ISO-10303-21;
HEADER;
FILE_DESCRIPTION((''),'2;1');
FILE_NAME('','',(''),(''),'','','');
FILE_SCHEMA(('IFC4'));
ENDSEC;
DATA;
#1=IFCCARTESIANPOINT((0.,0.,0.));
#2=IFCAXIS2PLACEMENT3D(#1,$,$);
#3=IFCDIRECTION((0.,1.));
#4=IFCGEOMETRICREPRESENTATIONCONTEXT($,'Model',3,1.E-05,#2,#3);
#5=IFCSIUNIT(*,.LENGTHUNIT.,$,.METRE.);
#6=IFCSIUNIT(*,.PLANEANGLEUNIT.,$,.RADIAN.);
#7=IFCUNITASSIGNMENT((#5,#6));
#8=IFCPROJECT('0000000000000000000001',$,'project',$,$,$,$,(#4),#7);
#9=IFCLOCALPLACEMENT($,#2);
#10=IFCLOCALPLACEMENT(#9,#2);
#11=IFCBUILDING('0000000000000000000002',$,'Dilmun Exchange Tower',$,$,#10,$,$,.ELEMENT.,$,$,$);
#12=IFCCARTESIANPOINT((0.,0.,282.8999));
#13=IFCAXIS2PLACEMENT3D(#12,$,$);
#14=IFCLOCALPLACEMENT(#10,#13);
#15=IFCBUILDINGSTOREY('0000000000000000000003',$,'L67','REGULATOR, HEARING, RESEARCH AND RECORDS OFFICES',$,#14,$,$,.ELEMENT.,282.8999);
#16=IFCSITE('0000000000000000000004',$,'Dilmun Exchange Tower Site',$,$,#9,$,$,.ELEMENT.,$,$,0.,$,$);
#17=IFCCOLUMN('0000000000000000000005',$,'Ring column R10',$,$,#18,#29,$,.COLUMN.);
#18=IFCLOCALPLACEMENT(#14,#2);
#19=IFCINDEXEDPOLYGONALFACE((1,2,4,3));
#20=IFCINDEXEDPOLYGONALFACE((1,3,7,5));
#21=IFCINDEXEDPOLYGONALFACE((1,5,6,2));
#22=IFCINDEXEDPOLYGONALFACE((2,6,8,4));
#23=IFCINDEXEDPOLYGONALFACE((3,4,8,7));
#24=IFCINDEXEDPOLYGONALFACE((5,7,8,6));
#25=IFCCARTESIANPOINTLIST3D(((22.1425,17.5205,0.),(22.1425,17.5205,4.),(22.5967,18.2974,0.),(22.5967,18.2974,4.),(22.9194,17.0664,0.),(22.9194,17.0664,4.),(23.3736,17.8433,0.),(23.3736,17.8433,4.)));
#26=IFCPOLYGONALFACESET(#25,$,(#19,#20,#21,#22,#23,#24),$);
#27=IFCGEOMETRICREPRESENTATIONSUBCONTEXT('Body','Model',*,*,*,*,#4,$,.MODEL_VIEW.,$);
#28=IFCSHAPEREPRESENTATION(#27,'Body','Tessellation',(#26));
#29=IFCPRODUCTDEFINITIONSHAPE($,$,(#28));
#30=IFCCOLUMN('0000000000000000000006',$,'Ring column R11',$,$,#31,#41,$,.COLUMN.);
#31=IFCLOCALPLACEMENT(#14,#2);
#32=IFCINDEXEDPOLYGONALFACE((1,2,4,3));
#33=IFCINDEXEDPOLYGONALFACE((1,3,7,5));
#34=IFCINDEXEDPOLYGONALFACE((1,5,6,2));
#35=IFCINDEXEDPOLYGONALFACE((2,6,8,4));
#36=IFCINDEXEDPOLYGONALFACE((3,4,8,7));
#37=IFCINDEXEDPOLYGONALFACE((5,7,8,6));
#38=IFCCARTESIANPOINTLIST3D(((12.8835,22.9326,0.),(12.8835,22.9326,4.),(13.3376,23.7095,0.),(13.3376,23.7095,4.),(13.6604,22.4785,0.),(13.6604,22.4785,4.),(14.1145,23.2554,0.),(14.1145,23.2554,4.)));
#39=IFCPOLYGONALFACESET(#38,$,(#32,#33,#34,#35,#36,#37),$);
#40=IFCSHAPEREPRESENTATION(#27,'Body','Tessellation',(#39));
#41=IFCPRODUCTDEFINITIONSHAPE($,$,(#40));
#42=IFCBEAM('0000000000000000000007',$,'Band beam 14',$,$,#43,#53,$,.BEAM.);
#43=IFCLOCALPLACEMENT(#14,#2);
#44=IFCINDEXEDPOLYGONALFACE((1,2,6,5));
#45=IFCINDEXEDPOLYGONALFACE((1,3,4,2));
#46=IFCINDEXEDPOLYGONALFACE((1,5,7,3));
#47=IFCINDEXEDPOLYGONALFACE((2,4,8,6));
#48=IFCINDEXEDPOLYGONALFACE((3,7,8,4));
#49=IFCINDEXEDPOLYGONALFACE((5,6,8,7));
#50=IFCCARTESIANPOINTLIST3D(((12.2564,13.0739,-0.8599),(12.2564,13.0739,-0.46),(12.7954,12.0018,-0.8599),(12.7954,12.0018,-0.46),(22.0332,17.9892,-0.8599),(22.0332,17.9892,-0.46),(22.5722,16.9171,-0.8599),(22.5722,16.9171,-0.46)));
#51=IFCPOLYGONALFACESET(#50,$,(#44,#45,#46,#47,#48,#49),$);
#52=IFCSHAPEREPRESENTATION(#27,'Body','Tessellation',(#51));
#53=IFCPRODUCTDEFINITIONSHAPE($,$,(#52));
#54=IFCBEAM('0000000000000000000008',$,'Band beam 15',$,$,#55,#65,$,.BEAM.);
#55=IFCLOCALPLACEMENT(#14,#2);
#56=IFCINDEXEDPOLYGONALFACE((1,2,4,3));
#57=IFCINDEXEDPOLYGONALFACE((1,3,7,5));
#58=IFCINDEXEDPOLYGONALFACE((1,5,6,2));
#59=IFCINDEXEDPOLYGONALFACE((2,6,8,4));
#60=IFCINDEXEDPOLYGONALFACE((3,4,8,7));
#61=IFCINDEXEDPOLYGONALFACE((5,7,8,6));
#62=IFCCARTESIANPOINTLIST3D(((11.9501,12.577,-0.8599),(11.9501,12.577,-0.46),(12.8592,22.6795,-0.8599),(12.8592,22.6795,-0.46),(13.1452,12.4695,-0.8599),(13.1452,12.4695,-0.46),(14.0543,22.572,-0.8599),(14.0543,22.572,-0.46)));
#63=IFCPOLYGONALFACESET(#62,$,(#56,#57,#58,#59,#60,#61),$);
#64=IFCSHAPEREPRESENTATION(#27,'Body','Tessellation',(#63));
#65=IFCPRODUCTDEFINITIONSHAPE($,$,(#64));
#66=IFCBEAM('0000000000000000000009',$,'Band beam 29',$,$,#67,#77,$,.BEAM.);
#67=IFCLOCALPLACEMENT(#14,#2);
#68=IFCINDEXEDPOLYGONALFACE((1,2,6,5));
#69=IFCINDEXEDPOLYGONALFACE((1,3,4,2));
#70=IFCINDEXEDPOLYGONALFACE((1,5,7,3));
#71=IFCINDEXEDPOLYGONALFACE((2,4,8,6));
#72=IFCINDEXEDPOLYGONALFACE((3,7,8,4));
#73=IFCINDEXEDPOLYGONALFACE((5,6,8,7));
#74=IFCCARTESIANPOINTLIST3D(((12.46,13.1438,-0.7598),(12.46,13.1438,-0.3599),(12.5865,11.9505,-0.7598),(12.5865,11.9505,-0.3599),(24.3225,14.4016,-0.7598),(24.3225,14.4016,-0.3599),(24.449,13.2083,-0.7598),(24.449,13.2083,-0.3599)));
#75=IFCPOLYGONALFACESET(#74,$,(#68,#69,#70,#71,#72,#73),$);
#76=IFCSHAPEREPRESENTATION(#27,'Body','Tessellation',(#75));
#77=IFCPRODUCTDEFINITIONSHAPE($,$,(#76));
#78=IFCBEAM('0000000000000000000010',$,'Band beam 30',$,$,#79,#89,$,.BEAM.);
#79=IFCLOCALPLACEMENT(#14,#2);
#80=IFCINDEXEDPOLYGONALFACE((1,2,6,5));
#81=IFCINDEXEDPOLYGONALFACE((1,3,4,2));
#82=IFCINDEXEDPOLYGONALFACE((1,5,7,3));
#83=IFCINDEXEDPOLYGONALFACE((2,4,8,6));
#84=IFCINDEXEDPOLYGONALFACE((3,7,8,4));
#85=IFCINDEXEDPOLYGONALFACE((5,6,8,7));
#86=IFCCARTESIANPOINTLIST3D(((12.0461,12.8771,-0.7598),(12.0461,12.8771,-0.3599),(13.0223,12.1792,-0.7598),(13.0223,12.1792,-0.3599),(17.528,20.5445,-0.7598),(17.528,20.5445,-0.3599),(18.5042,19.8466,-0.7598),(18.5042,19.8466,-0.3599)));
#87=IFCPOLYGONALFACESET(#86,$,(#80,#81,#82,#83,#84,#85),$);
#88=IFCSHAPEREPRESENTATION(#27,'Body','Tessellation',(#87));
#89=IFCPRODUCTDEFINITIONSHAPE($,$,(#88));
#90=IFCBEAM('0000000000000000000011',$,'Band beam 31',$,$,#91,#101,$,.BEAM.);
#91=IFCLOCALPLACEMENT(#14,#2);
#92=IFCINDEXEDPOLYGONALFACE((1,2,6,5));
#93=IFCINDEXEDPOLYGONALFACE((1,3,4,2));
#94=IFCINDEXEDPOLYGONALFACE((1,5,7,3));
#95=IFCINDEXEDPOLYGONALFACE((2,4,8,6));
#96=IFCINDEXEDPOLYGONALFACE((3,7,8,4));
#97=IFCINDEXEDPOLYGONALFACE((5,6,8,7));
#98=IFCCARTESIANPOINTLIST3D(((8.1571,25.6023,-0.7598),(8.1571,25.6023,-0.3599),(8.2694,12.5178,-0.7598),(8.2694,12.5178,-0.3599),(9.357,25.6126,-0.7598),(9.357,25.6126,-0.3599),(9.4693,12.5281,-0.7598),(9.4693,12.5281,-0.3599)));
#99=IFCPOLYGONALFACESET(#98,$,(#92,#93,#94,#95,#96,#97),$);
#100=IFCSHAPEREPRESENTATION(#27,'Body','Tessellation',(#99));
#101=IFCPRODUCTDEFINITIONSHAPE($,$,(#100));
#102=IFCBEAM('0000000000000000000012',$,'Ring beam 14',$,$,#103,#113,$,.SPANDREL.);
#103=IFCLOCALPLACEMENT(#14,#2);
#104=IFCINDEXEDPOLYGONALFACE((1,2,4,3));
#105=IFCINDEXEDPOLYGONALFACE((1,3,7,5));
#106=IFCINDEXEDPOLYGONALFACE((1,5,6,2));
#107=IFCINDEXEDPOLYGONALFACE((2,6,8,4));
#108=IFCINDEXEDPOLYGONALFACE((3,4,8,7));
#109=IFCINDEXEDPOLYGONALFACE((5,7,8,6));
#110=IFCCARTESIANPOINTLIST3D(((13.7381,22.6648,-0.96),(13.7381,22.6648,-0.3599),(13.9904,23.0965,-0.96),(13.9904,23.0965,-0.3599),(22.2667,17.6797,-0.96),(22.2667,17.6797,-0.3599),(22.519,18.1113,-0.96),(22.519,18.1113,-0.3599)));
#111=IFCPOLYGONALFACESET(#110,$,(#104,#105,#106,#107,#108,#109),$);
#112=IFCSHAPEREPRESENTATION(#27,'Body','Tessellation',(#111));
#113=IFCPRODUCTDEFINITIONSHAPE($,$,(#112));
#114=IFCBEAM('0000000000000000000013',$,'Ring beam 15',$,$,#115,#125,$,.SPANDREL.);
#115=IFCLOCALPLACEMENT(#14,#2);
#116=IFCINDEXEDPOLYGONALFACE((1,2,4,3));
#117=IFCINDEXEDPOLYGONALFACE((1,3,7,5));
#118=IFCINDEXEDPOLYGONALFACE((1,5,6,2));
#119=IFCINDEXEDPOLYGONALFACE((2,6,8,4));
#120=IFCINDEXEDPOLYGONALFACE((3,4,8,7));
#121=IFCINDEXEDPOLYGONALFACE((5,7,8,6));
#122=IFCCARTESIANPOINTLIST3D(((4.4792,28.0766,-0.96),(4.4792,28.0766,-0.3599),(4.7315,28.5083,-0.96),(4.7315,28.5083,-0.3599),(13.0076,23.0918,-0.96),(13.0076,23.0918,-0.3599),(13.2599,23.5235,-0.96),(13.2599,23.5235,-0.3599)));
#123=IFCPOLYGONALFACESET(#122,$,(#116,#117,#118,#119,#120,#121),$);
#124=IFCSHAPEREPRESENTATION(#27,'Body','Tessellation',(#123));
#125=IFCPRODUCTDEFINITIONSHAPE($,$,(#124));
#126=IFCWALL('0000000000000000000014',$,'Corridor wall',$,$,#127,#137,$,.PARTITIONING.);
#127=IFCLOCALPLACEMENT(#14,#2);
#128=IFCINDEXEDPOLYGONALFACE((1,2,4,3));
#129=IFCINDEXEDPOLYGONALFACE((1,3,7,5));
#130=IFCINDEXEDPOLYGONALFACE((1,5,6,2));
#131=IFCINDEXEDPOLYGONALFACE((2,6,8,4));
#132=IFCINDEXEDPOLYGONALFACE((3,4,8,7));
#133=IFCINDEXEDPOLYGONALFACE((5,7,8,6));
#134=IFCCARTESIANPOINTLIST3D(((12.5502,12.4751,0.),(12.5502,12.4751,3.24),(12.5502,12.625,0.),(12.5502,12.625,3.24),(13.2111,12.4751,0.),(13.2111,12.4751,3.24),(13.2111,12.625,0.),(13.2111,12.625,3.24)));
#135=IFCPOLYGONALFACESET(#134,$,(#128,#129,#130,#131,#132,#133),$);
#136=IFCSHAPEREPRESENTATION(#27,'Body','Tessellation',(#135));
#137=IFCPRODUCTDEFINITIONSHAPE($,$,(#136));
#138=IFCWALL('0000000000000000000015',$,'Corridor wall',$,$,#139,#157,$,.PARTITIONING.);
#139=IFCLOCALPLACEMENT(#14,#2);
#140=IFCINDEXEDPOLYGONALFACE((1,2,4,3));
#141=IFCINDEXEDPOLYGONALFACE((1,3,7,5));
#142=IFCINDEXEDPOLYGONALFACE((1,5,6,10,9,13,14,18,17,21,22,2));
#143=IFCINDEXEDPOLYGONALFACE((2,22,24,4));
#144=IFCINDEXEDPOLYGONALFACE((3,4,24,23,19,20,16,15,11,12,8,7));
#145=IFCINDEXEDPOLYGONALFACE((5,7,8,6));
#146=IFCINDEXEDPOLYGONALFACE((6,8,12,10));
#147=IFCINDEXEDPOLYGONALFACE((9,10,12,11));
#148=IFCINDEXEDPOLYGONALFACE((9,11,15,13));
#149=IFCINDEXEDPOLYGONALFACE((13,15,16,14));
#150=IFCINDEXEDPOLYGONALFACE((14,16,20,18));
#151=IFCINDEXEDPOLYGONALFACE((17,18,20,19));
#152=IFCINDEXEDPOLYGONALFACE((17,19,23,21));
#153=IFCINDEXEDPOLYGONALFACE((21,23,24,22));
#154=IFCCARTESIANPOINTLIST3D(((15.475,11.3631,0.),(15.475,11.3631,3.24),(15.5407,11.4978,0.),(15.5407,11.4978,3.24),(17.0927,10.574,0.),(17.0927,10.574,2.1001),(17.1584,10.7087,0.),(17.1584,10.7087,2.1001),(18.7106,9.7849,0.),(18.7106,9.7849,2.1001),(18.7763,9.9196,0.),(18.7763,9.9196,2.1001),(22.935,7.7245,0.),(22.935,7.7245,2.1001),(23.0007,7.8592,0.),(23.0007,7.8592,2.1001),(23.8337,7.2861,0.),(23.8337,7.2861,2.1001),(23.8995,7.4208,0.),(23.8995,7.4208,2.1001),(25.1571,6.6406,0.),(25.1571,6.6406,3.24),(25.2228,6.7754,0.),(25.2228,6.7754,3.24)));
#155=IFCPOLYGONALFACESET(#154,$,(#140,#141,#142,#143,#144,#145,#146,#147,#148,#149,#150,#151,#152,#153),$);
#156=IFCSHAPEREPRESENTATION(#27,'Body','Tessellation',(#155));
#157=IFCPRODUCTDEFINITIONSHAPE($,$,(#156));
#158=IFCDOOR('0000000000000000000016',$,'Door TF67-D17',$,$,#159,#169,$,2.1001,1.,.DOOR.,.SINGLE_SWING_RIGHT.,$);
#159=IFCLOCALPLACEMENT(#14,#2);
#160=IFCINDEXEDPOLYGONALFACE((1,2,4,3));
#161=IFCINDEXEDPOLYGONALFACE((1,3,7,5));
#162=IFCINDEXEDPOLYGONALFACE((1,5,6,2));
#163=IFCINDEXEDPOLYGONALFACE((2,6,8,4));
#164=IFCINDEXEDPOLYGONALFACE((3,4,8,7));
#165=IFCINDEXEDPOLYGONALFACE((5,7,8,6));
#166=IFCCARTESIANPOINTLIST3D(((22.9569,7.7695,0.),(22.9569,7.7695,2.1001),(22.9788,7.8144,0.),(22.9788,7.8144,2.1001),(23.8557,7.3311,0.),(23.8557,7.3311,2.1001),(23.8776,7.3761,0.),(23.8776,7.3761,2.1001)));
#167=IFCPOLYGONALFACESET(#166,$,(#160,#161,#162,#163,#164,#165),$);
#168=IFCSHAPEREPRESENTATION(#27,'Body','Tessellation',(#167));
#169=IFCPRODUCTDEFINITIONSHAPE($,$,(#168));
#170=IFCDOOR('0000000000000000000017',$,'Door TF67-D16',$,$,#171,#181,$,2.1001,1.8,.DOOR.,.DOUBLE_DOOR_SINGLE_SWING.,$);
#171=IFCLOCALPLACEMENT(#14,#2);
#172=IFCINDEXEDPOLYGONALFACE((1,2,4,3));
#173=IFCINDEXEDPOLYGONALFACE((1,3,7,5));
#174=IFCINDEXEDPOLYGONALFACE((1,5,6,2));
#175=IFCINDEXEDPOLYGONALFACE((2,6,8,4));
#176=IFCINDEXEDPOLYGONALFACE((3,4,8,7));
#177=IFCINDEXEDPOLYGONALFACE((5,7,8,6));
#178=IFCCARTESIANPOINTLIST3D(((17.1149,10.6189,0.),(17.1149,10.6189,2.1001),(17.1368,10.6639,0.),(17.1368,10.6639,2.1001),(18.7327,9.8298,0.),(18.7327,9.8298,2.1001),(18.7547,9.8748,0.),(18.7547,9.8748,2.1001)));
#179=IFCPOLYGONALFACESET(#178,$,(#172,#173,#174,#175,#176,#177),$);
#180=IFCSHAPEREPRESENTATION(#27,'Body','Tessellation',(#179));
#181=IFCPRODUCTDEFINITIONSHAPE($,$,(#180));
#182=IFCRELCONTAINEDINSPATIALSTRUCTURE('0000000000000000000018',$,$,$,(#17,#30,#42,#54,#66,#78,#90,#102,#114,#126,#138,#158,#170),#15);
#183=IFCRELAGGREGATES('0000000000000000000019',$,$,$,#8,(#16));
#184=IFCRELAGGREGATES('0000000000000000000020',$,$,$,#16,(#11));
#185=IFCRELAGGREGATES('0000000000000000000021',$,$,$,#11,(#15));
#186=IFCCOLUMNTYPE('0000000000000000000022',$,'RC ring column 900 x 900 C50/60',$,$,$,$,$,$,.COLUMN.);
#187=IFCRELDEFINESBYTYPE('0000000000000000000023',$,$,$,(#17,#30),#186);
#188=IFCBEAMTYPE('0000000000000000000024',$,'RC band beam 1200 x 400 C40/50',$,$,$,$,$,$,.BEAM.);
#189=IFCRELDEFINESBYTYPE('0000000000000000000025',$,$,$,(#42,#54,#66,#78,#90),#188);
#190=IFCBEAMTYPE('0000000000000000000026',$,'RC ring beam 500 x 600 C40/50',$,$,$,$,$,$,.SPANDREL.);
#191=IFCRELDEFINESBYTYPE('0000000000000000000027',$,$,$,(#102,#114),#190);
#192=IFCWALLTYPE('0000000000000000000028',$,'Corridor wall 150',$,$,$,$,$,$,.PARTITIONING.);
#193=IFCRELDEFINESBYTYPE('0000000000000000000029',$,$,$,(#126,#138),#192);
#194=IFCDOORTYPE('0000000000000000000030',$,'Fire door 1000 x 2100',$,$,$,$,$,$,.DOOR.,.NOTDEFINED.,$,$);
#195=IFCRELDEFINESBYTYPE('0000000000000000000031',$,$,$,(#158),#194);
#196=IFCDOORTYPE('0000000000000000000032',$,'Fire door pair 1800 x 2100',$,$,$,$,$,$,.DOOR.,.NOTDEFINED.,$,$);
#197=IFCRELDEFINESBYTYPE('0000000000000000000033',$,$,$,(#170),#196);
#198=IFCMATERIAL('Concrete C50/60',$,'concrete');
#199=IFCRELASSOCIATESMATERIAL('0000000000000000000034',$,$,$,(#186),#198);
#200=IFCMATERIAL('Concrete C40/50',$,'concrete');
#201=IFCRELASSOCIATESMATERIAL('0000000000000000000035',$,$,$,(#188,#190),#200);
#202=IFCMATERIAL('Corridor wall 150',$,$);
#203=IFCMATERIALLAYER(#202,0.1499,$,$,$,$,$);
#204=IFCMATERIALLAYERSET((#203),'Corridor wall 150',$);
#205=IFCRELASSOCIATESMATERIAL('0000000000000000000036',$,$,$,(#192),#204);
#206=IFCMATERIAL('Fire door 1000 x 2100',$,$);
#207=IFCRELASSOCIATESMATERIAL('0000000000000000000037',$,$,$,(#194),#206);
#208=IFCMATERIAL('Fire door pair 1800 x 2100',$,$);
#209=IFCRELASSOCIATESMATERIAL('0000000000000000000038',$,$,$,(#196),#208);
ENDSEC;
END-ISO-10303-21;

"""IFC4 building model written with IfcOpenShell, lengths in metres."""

from ifc_helpers import new_model, si_unit, direction, frame, frame_2d, origin, origin_2d, place, context, subcontext, project, spatial, rectangle, extrude, material, layer, layer_set, material_profile, profile_set, type_object, element, fill, save


model = new_model("IFC4")

# Units and contexts
model_context = context("Model", 3, precision=1e-05, world=origin(), true_north=direction((0.0, 1.0)))
body_context = subcontext(model_context, "Body", "Model", "MODEL_VIEW")
ifc_project = project(units=[si_unit("LENGTHUNIT", "METRE"), si_unit("PLANEANGLEUNIT", "RADIAN")], contexts=[model_context])

# Site, building, storey
site_placement = place(None, origin())
site = spatial("IfcSite", under=ifc_project, at=site_placement, Name="Dilmun Exchange Tower Site", CompositionType="ELEMENT", RefElevation=0.0)
building_placement = place(site_placement, origin())
building = spatial("IfcBuilding", under=site, at=building_placement, Name="Dilmun Exchange Tower", CompositionType="ELEMENT")
storey_placement = place(building_placement, frame((0.0, 0.0, 282.8999)))
storey = spatial("IfcBuildingStorey", under=building, at=storey_placement, Name="L67", Description="REGULATOR, HEARING, RESEARCH AND RECORDS OFFICES", CompositionType="ELEMENT", Elevation=282.8999)

# Columns
ifc_material_1 = material(Name="Concrete C50/60", Category="concrete")
ifc_material_profile_1 = material_profile(ifc_material_1, rectangle(XDim=0.8999, YDim=0.8999, at=origin_2d()), Name="900 x 900")
ifc_profile_set_1 = profile_set([ifc_material_profile_1], Name="Concrete C50/60")
column_type = type_object("IfcColumnType", Name="RC ring column 900 x 900 C50/60", PredefinedType="COLUMN", material=ifc_profile_set_1)
for number, where, z_axis, x_axis, name in (
    (1, (22.7581, 17.6819, 0.0), (0.0, 0.0, 1.0), (0.504644, 0.863328, 0.0), "Ring column R10"),
    (2, (13.499, 23.094, 0.0), (0.0, 0.0, 1.0), (0.504644, 0.863328, 0.0), "Ring column R11"),
):
    element("IfcColumn", number, at=place(storey_placement, frame(where, z_axis=z_axis, x_axis=x_axis)), inside=storey, type_object=column_type, Name=name, PredefinedType="COLUMN", context=body_context, shape_type="SweptSolid", body=[
        extrude(rectangle(XDim=0.8999, YDim=0.8999, at=origin_2d()), origin(), (0.0, 0.0, 1.0), 4.0),
    ])

# Beams
ifc_material_2 = material(Name="Concrete C40/50", Category="concrete")
ifc_material_profile_2 = material_profile(ifc_material_2, rectangle(XDim=1.2, YDim=0.3999, at=origin_2d()), Name="1200 x 400")
ifc_profile_set_2 = profile_set([ifc_material_profile_2], Name="Concrete C40/50")
beam_type_1 = type_object("IfcBeamType", Name="RC band beam 1200 x 400 C40/50", PredefinedType="BEAM", material=ifc_profile_set_2)
beam_1_placement = place(storey_placement, frame((22.3027, 17.4531, -0.6599), z_axis=(-0.893443, -0.449176, 0.0), x_axis=(0.449176, -0.893443, 0.0)))
element("IfcBeam", 3, at=beam_1_placement, inside=storey, type_object=beam_type_1, Name="Band beam 14", PredefinedType="BEAM", context=body_context, shape_type="SweptSolid", body=[
    extrude(rectangle(XDim=1.2, YDim=0.3999, at=origin_2d()), origin(), (0.0, 0.0, 1.0), 10.9429),
])
beam_2_placement = place(storey_placement, frame((13.4568, 22.6257, -0.6599), z_axis=(-0.089633, -0.995975, 0.0), x_axis=(0.995975, -0.089633, 0.0)))
element("IfcBeam", 4, at=beam_2_placement, inside=storey, type_object=beam_type_1, Name="Band beam 15", PredefinedType="BEAM", context=body_context, shape_type="SweptSolid", body=[
    extrude(rectangle(XDim=1.2, YDim=0.3999, at=origin_2d()), origin(), (0.0, 0.0, 1.0), 10.1433),
])
beam_3_placement = place(storey_placement, frame((24.3857, 13.8049, -0.5598), z_axis=(-0.994426, -0.105441, 0.0), x_axis=(0.105441, -0.994426, 0.0)))
element("IfcBeam", 5, at=beam_3_placement, inside=storey, type_object=beam_type_1, Name="Band beam 29", PredefinedType="BEAM", context=body_context, shape_type="SweptSolid", body=[
    extrude(rectangle(XDim=1.2, YDim=0.3999, at=origin_2d()), origin(), (0.0, 0.0, 1.0), 11.929),
])
beam_4_placement = place(storey_placement, frame((18.0161, 20.1956, -0.5598), z_axis=(-0.581601, -0.813474, 0.0), x_axis=(0.813474, -0.581601, 0.0)))
element("IfcBeam", 6, at=beam_4_placement, inside=storey, type_object=beam_type_1, Name="Band beam 30", PredefinedType="BEAM", context=body_context, shape_type="SweptSolid", body=[
    extrude(rectangle(XDim=1.2, YDim=0.3999, at=origin_2d()), origin(), (0.0, 0.0, 1.0), 9.4255),
])
beam_5_placement = place(storey_placement, frame((8.7571, 25.6074, -0.5598), z_axis=(0.008583, -0.999963, 0.0), x_axis=(0.999963, 0.008583, 0.0)))
element("IfcBeam", 7, at=beam_5_placement, inside=storey, type_object=beam_type_1, Name="Band beam 31", PredefinedType="BEAM", context=body_context, shape_type="SweptSolid", body=[
    extrude(rectangle(XDim=1.2, YDim=0.3999, at=origin_2d()), origin(), (0.0, 0.0, 1.0), 13.085),
])
ifc_material_profile_3 = material_profile(ifc_material_2, rectangle(XDim=0.5, YDim=0.6001, at=origin_2d()), Name="500 x 600")
ifc_profile_set_3 = profile_set([ifc_material_profile_3], Name="Concrete C40/50")
beam_type_2 = type_object("IfcBeamType", Name="RC ring beam 500 x 600 C40/50", PredefinedType="SPANDREL", material=ifc_profile_set_3)
beam_6_placement = place(storey_placement, frame((22.3928, 17.8955, -0.6599), z_axis=(-0.863333, 0.504635, 0.0), x_axis=(-0.504635, -0.863333, 0.0)))
element("IfcBeam", 8, at=beam_6_placement, inside=storey, type_object=beam_type_2, Name="Ring beam 14", PredefinedType="SPANDREL", context=body_context, shape_type="SweptSolid", body=[
    extrude(rectangle(XDim=0.5, YDim=0.6001, at=origin_2d()), origin(), (0.0, 0.0, 1.0), 9.8787),
])
beam_7_placement = place(storey_placement, frame((13.1338, 23.3076, -0.6599), z_axis=(-0.863344, 0.504616, 0.0), x_axis=(-0.504616, -0.863344, 0.0)))
element("IfcBeam", 9, at=beam_7_placement, inside=storey, type_object=beam_type_2, Name="Ring beam 15", PredefinedType="SPANDREL", context=body_context, shape_type="SweptSolid", body=[
    extrude(rectangle(XDim=0.5, YDim=0.6001, at=origin_2d()), origin(), (0.0, 0.0, 1.0), 9.8784),
])

# Wall
ifc_material_3 = material(Name="Corridor wall 150")
ifc_layer_1 = layer(ifc_material_3, 0.1499)
ifc_layer_set_1 = layer_set([ifc_layer_1], Name="Corridor wall 150")
wall_type_1 = type_object("IfcWallType", Name="Corridor wall 150", PredefinedType="PARTITIONING", material=ifc_layer_set_1)
wall_1_placement = place(storey_placement, frame((12.55, 12.55, 0.0), z_axis=(0.0, 0.0, 1.0), x_axis=(1.0, 0.0, 0.0)))
element("IfcWall", 10, at=wall_1_placement, inside=storey, type_object=wall_type_1, Name="Corridor wall", PredefinedType="PARTITIONING", context=body_context, shape_type="SweptSolid", body=[
    extrude(rectangle(XDim=0.6609, YDim=0.1499, at=frame_2d((0.3306, 0.0))), origin(), (0.0, 0.0, 1.0), 3.24),
])

# Wall, openings, doors
wall_2_placement = place(storey_placement, frame((15.5078, 11.4304, 0.0), z_axis=(0.0, 0.0, 1.0), x_axis=(0.89879, -0.43838, 0.0)))
wall_2 = element("IfcWall", 11, at=wall_2_placement, inside=storey, type_object=wall_type_1, Name="Corridor wall", PredefinedType="PARTITIONING", context=body_context, shape_type="SweptSolid", body=[
    extrude(rectangle(XDim=10.7725, YDim=0.1499, at=frame_2d((5.3862, 0.0))), origin(), (0.0, 0.0, 1.0), 3.24),
])
opening_1_placement = place(wall_2_placement, frame((1.8, 0.0, 0.0)))
opening_1 = element("IfcOpeningElement", 12, at=opening_1_placement, cuts=wall_2, PredefinedType="OPENING", context=body_context, shape_type="SweptSolid", body=[
    extrude(rectangle(XDim=1.8, YDim=2.1001, at=frame_2d((0.8999, 1.05))), frame((0.0, 0.085, 0.0), z_axis=(0.0, -1.0, 0.0), x_axis=(1.0, 0.0, 0.0)), (0.0, 0.0, 1.0), 0.1699),
])
opening_2_placement = place(wall_2_placement, frame((8.3, 0.0, 0.0)))
opening_2 = element("IfcOpeningElement", 13, at=opening_2_placement, cuts=wall_2, PredefinedType="OPENING", context=body_context, shape_type="SweptSolid", body=[
    extrude(rectangle(XDim=1.0, YDim=2.1001, at=frame_2d((0.5, 1.05))), frame((0.0, 0.085, 0.0), z_axis=(0.0, -1.0, 0.0), x_axis=(1.0, 0.0, 0.0)), (0.0, 0.0, 1.0), 0.1699),
])
ifc_material_4 = material(Name="Fire door 1000 x 2100")
door_type_1 = type_object("IfcDoorType", Name="Fire door 1000 x 2100", OperationType="NOTDEFINED", PredefinedType="DOOR", material=ifc_material_4)
door_1_placement = place(opening_2_placement, frame((1.0, 0.0, 0.0), z_axis=(0.0, 0.0, 1.0), x_axis=(-1.0, 0.0, 0.0)))
door_1 = element("IfcDoor", 14, at=door_1_placement, inside=storey, type_object=door_type_1, Name="Door TF67-D17", OperationType="SINGLE_SWING_RIGHT", OverallHeight=2.1001, OverallWidth=1.0, PredefinedType="DOOR", context=body_context, shape_type="SweptSolid", body=[
    extrude(rectangle(XDim=1.0, YDim=2.1001, at=frame_2d((0.5, 1.05))), frame((0.0, 0.0249, 0.0), z_axis=(0.0, -1.0, 0.0), x_axis=(1.0, 0.0, 0.0)), (0.0, 0.0, 1.0), 0.05),
])
fill(opening_2, door_1)
ifc_material_5 = material(Name="Fire door pair 1800 x 2100")
door_type_2 = type_object("IfcDoorType", Name="Fire door pair 1800 x 2100", OperationType="NOTDEFINED", PredefinedType="DOOR", material=ifc_material_5)
door_2_placement = place(opening_1_placement, frame((1.8, 0.0, 0.0), z_axis=(0.0, 0.0, 1.0), x_axis=(-1.0, 0.0, 0.0)))
door_2 = element("IfcDoor", 15, at=door_2_placement, inside=storey, type_object=door_type_2, Name="Door TF67-D16", OperationType="DOUBLE_DOOR_SINGLE_SWING", OverallHeight=2.1001, OverallWidth=1.8, PredefinedType="DOOR", context=body_context, shape_type="SweptSolid", body=[
    extrude(rectangle(XDim=1.8, YDim=2.1001, at=frame_2d((0.8999, 1.05))), frame((0.0, 0.0249, 0.0), z_axis=(0.0, -1.0, 0.0), x_axis=(1.0, 0.0, 0.0)), (0.0, 0.0, 1.0), 0.05),
])
fill(opening_1, door_2)

save(model, "model.ifc")
